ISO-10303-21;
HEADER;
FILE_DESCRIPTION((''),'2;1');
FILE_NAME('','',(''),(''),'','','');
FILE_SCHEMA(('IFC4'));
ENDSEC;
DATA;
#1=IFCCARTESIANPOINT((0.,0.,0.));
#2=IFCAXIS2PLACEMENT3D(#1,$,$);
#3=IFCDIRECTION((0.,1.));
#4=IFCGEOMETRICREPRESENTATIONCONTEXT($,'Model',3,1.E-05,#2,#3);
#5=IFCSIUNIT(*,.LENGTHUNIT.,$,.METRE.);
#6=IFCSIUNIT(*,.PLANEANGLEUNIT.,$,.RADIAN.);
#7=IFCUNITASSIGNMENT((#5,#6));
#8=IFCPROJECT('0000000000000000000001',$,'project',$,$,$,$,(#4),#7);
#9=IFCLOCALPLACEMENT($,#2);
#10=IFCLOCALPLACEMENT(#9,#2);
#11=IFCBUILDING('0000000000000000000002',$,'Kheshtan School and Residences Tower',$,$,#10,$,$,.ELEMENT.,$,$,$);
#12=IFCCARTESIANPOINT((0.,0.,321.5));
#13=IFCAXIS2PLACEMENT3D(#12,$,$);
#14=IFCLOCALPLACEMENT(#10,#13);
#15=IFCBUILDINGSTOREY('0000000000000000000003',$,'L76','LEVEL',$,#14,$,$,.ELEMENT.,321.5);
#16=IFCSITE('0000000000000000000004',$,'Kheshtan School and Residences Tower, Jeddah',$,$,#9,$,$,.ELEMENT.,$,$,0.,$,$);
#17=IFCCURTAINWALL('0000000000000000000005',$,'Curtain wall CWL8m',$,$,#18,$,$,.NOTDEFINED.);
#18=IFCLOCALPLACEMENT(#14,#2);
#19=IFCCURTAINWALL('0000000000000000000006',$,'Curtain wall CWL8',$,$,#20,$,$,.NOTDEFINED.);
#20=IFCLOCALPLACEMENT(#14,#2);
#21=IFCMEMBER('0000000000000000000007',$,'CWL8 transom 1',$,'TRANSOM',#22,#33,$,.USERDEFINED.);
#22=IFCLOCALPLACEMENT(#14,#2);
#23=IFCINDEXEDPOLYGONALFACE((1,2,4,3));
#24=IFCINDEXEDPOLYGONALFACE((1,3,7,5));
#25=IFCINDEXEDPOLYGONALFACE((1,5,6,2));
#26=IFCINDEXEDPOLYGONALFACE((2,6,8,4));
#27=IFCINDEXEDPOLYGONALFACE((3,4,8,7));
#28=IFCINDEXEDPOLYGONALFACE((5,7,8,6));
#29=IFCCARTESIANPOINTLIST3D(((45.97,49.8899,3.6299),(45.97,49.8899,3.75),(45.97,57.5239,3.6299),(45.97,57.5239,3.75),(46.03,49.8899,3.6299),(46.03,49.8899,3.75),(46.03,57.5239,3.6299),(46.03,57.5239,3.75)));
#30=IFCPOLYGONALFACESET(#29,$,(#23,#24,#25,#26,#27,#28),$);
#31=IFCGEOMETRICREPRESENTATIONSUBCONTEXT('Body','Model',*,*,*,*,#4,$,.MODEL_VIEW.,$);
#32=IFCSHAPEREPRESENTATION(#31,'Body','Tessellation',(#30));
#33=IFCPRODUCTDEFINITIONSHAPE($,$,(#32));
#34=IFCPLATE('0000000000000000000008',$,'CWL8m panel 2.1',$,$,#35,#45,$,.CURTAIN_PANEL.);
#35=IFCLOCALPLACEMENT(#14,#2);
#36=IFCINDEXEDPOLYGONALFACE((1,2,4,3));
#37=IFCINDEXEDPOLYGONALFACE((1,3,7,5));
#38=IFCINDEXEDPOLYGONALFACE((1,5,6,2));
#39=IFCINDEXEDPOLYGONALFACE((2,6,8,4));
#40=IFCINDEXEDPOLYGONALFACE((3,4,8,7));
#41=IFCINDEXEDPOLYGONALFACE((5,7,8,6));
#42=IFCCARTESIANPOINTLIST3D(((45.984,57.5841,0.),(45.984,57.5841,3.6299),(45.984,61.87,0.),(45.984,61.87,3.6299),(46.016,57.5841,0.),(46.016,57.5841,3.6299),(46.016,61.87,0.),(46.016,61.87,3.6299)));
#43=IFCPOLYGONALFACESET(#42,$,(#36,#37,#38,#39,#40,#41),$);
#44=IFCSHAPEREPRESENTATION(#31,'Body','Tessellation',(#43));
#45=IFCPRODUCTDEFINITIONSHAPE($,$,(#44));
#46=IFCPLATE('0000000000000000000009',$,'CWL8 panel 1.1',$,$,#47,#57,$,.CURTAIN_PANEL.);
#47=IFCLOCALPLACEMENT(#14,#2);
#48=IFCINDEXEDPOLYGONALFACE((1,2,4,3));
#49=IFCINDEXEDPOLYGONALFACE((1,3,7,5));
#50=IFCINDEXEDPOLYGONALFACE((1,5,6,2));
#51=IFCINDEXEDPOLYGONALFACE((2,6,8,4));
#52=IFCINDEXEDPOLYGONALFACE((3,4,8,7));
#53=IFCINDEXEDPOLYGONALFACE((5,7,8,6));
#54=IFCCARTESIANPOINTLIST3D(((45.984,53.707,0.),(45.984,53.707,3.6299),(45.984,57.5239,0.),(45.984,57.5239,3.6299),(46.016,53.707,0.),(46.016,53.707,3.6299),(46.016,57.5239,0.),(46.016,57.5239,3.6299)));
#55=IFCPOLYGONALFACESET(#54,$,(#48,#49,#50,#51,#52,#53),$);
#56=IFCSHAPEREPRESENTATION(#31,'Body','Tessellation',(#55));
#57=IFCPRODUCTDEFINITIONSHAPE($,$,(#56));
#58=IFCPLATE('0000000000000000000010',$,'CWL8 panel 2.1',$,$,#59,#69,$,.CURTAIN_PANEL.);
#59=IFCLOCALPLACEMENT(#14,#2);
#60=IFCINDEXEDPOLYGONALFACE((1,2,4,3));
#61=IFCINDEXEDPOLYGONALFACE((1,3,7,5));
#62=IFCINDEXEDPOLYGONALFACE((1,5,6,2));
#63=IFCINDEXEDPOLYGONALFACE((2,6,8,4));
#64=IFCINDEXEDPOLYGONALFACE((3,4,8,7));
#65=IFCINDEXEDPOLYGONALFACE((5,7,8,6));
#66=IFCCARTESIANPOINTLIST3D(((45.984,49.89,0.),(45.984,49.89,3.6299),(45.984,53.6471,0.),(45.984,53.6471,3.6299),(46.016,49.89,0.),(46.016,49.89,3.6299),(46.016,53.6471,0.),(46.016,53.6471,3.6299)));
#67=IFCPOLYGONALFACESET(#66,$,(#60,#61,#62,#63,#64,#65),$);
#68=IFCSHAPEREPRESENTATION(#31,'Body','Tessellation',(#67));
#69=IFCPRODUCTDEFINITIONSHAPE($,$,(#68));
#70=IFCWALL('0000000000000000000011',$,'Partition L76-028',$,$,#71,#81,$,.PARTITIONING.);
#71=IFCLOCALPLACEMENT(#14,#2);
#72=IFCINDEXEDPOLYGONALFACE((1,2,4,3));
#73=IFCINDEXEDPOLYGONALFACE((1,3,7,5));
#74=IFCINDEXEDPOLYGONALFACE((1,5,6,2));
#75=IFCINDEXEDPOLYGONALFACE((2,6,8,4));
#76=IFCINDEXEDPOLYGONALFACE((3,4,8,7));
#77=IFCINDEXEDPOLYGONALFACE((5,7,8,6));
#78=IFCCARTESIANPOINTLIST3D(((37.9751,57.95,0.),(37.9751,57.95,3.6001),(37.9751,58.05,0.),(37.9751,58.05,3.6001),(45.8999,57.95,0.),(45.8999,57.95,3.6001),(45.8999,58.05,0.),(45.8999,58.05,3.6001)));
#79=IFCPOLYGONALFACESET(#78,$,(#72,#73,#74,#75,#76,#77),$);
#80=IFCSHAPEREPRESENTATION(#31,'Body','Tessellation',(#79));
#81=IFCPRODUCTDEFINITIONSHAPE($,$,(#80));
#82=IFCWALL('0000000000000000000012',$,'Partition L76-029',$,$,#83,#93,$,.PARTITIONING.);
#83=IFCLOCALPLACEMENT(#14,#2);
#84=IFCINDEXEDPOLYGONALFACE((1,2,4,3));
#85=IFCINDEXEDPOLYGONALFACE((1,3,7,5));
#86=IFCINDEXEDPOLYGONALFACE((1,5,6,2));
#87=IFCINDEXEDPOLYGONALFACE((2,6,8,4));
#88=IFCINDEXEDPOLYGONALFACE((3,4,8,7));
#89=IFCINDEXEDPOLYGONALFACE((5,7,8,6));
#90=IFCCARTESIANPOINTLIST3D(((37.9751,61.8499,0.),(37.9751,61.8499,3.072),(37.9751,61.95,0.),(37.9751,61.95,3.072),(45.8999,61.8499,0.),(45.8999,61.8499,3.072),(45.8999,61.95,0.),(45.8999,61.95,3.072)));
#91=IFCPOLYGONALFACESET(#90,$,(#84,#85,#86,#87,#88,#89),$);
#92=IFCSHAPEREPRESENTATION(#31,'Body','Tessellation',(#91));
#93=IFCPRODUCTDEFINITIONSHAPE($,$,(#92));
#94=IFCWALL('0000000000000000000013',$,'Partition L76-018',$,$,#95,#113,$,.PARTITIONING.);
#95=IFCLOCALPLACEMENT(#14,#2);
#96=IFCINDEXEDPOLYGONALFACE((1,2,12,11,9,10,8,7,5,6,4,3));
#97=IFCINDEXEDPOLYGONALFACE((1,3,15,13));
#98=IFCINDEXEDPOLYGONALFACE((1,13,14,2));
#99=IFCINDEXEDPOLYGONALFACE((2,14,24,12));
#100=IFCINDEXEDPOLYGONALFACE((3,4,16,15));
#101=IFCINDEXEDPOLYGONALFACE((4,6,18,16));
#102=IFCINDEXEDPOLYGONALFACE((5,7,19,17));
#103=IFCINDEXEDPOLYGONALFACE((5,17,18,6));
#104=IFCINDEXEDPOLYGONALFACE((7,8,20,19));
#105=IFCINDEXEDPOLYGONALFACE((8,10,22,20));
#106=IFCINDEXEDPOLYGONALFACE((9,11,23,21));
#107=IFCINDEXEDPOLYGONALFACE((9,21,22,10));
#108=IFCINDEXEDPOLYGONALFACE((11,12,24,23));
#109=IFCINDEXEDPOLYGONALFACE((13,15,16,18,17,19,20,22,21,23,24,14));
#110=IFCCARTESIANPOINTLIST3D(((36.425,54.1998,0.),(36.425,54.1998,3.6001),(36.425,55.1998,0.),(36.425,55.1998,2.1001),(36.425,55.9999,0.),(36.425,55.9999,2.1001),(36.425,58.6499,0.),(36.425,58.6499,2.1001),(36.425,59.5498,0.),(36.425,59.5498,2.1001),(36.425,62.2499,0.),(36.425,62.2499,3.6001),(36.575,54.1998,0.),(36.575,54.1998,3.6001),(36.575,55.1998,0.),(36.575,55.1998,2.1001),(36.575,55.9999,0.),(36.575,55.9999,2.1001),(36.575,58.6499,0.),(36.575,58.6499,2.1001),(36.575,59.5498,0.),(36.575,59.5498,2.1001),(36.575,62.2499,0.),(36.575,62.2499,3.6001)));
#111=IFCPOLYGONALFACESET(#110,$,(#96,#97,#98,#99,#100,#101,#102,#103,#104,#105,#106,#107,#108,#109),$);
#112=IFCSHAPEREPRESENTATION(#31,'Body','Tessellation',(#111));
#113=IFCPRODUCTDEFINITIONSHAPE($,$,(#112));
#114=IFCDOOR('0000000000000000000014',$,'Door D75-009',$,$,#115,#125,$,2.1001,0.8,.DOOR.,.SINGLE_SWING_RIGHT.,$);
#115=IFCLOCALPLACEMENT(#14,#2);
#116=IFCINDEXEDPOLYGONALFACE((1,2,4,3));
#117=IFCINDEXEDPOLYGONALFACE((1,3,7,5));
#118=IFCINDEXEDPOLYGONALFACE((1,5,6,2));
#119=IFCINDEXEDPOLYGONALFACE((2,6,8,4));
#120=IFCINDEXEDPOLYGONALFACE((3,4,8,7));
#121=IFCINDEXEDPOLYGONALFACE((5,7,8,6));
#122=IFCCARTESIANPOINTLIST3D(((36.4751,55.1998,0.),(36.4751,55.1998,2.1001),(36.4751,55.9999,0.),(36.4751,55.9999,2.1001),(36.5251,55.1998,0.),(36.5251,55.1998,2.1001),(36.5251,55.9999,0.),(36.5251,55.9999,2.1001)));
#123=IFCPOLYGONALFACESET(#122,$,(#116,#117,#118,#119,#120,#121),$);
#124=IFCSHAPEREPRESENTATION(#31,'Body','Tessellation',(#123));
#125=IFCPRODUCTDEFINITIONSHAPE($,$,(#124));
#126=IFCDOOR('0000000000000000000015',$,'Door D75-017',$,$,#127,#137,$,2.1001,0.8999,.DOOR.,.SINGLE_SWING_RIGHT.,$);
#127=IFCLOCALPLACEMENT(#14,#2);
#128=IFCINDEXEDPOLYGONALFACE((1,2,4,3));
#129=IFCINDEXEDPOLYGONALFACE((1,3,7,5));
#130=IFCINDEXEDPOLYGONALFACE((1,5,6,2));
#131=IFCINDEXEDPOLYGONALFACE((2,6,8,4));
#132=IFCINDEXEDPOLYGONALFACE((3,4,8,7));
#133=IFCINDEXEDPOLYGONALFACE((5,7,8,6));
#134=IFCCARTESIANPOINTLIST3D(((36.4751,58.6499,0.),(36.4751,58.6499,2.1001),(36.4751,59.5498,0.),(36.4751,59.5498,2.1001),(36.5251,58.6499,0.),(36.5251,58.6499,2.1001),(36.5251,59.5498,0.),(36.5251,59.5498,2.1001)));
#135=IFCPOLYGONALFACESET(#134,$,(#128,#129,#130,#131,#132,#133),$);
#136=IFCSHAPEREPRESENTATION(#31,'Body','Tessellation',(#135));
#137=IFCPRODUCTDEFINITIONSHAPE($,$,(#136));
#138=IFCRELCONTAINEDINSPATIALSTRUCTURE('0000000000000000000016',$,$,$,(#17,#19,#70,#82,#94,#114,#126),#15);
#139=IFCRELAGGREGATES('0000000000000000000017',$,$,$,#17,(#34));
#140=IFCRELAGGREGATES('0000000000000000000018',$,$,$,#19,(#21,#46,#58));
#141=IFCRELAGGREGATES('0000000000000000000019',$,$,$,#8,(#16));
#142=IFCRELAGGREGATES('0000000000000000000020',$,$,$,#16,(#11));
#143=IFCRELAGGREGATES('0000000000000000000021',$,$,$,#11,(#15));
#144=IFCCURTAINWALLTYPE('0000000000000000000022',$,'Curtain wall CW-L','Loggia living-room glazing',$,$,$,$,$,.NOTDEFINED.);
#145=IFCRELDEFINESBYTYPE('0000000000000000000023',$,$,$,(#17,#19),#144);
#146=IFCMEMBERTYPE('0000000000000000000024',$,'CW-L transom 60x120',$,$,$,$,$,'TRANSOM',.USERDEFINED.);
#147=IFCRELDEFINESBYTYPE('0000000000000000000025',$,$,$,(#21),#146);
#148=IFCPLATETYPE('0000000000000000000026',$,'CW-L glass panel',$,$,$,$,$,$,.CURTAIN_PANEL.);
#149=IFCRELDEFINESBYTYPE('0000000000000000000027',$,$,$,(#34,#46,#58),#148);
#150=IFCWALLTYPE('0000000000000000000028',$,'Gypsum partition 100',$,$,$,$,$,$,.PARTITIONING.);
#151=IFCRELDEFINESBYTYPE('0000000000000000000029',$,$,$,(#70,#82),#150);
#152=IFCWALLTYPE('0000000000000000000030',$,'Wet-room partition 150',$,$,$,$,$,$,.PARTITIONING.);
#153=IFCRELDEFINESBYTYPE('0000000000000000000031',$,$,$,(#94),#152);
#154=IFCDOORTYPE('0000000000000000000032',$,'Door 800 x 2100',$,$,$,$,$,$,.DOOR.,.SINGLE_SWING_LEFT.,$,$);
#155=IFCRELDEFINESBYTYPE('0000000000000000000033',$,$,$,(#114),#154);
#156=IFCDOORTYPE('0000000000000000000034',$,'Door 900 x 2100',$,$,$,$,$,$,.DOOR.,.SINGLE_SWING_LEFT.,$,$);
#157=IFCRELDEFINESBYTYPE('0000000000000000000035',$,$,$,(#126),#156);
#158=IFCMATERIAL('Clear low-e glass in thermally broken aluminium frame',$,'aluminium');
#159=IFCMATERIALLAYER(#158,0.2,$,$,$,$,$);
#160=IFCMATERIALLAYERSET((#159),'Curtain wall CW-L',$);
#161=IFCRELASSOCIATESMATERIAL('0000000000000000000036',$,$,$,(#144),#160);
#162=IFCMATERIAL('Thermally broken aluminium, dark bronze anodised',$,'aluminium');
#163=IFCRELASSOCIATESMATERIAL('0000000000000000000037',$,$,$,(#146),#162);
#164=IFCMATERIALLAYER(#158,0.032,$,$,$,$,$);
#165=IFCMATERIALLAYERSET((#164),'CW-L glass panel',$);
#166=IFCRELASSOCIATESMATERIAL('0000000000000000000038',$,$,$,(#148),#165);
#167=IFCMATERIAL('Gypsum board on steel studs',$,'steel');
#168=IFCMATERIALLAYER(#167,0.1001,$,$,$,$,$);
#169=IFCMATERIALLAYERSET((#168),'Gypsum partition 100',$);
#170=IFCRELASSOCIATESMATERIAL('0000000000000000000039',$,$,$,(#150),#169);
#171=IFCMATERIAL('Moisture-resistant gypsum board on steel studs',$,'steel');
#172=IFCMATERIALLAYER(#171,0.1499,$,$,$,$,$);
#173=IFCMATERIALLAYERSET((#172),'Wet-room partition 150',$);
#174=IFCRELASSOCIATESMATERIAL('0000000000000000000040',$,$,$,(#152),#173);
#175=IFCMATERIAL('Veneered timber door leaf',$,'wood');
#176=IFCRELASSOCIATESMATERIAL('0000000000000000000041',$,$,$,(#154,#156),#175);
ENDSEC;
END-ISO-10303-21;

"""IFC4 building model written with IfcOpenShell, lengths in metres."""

from ifc_helpers import new_model, si_unit, direction, frame, frame_2d, origin, origin_2d, place, context, subcontext, project, spatial, rectangle, extrude, source, transform, mapped, material, layer, layer_set, material_profile, profile_set, type_object, element, fill, aggregate, save


model = new_model("IFC4")

# Units and contexts
model_context = context("Model", 3, precision=1e-05, world=origin(), true_north=direction((0.0, 1.0)))
body_context = subcontext(model_context, "Body", "Model", "MODEL_VIEW")
ifc_project = project(units=[si_unit("LENGTHUNIT", "METRE"), si_unit("PLANEANGLEUNIT", "RADIAN")], contexts=[model_context])

# Site, building, storey
site_placement = place(None, origin())
site = spatial("IfcSite", under=ifc_project, at=site_placement, Name="Kheshtan School and Residences Tower, Jeddah", CompositionType="ELEMENT", RefElevation=0.0)
building_placement = place(site_placement, origin())
building = spatial("IfcBuilding", under=site, at=building_placement, Name="Kheshtan School and Residences Tower", CompositionType="ELEMENT")
storey_placement = place(building_placement, frame((0.0, 0.0, 321.5)))
storey = spatial("IfcBuildingStorey", under=building, at=storey_placement, Name="L76", Description="LEVEL", CompositionType="ELEMENT", Elevation=321.5)

# Curtain walls, member
ifc_material_1 = material(Name="Clear low-e glass in thermally broken aluminium frame", Category="aluminium")
ifc_layer_1 = layer(ifc_material_1, 0.2)
ifc_layer_set_1 = layer_set([ifc_layer_1], Name="Curtain wall CW-L")
curtain_wall_type = type_object("IfcCurtainWallType", Name="Curtain wall CW-L", Description="Loggia living-room glazing", PredefinedType="NOTDEFINED", material=ifc_layer_set_1)
curtain_wall_1_placement = place(storey_placement, origin())
curtain_wall_1 = element("IfcCurtainWall", 1, at=curtain_wall_1_placement, inside=storey, type_object=curtain_wall_type, Name="Curtain wall CWL8m", PredefinedType="NOTDEFINED")
ifc_material_2 = material(Name="Thermally broken aluminium, dark bronze anodised", Category="aluminium")
curtain_wall_2_placement = place(storey_placement, origin())
curtain_wall_2 = element("IfcCurtainWall", 2, at=curtain_wall_2_placement, inside=storey, type_object=curtain_wall_type, Name="Curtain wall CWL8", PredefinedType="NOTDEFINED")
ifc_material_profile_1 = material_profile(ifc_material_2, rectangle(XDim=0.0601, YDim=0.1201, at=origin_2d()), Name="CW-L transom 60x120")
ifc_profile_set_1 = profile_set([ifc_material_profile_1], Name="Thermally broken aluminium, dark bronze anodised")
member_type_1 = type_object("IfcMemberType", Name="CW-L transom 60x120", ElementType="TRANSOM", PredefinedType="USERDEFINED", material=ifc_profile_set_1)
member_1_placement = place(storey_placement, frame((46.0, 57.5239, 3.6899), z_axis=(0.0, -1.0, 0.0), x_axis=(1.0, 0.0, 0.0)))
member_1 = element("IfcMember", 3, at=member_1_placement, type_object=member_type_1, Name="CWL8 transom 1", ObjectType="TRANSOM", PredefinedType="USERDEFINED", context=body_context, shape_type="SweptSolid", body=[
    extrude(rectangle(XDim=0.0601, YDim=0.1201, at=origin_2d()), origin(), (0.0, 0.0, 1.0), 7.634),
])

# Plates
ifc_layer_2 = layer(ifc_material_1, 0.032)
ifc_layer_set_2 = layer_set([ifc_layer_2], Name="CW-L glass panel")
plate_type = type_object("IfcPlateType", Name="CW-L glass panel", PredefinedType="CURTAIN_PANEL", material=ifc_layer_set_2)
plate_1_placement = place(storey_placement, frame((46.0, 59.7271, 0.0), z_axis=(0.0, 0.0, 1.0), x_axis=(0.0, -1.0, 0.0)))
plate_1 = element("IfcPlate", 4, at=plate_1_placement, type_object=plate_type, Name="CWL8m panel 2.1", PredefinedType="CURTAIN_PANEL", context=body_context, shape_type="SweptSolid", body=[
    extrude(rectangle(XDim=4.2859, YDim=0.032, at=origin_2d()), origin(), (0.0, 0.0, 1.0), 3.6299),
])
aggregate(curtain_wall_1, [plate_1])
plate_2_placement = place(storey_placement, frame((46.0, 55.6155, 0.0), z_axis=(0.0, 0.0, 1.0), x_axis=(0.0, -1.0, 0.0)))
plate_2 = element("IfcPlate", 5, at=plate_2_placement, type_object=plate_type, Name="CWL8 panel 1.1", PredefinedType="CURTAIN_PANEL", context=body_context, shape_type="SweptSolid", body=[
    extrude(rectangle(XDim=3.8169, YDim=0.032, at=origin_2d()), origin(), (0.0, 0.0, 1.0), 3.6299),
])
plate_3_placement = place(storey_placement, frame((46.0, 51.7686, 0.0), z_axis=(0.0, 0.0, 1.0), x_axis=(0.0, -1.0, 0.0)))
plate_3 = element("IfcPlate", 6, at=plate_3_placement, type_object=plate_type, Name="CWL8 panel 2.1", PredefinedType="CURTAIN_PANEL", context=body_context, shape_type="SweptSolid", body=[
    extrude(rectangle(XDim=3.7571, YDim=0.032, at=origin_2d()), origin(), (0.0, 0.0, 1.0), 3.6299),
])
aggregate(curtain_wall_2, [member_1, plate_2, plate_3])

# Walls
ifc_material_3 = material(Name="Gypsum board on steel studs", Category="steel")
ifc_layer_3 = layer(ifc_material_3, 0.1001)
ifc_layer_set_3 = layer_set([ifc_layer_3], Name="Gypsum partition 100")
wall_type_1 = type_object("IfcWallType", Name="Gypsum partition 100", PredefinedType="PARTITIONING", material=ifc_layer_set_3)
wall_1_placement = place(storey_placement, frame((37.9751, 58.0, 0.0), z_axis=(0.0, 0.0, 1.0), x_axis=(1.0, 0.0, 0.0)))
element("IfcWall", 7, at=wall_1_placement, inside=storey, type_object=wall_type_1, Name="Partition L76-028", PredefinedType="PARTITIONING", context=body_context, shape_type="SweptSolid", body=[
    extrude(rectangle(XDim=7.9248, YDim=0.1001, at=frame_2d((3.9624, 0.0))), origin(), (0.0, 0.0, 1.0), 3.6001),
])
wall_2_placement = place(storey_placement, frame((37.9751, 61.8999, 0.0), z_axis=(0.0, 0.0, 1.0), x_axis=(1.0, 0.0, 0.0)))
element("IfcWall", 8, at=wall_2_placement, inside=storey, type_object=wall_type_1, Name="Partition L76-029", PredefinedType="PARTITIONING", context=body_context, shape_type="SweptSolid", body=[
    extrude(rectangle(XDim=7.9248, YDim=0.1001, at=frame_2d((3.9624, 0.0))), origin(), (0.0, 0.0, 1.0), 3.072),
])

# Wall, openings, doors
ifc_material_4 = material(Name="Moisture-resistant gypsum board on steel studs", Category="steel")
ifc_layer_4 = layer(ifc_material_4, 0.1499)
ifc_layer_set_4 = layer_set([ifc_layer_4], Name="Wet-room partition 150")
wall_type_2 = type_object("IfcWallType", Name="Wet-room partition 150", PredefinedType="PARTITIONING", material=ifc_layer_set_4)
wall_3_placement = place(storey_placement, frame((36.5, 54.2, 0.0), z_axis=(0.0, 0.0, 1.0), x_axis=(0.0, 1.0, 0.0)))
wall_3 = element("IfcWall", 9, at=wall_3_placement, inside=storey, type_object=wall_type_2, Name="Partition L76-018", PredefinedType="PARTITIONING", context=body_context, shape_type="SweptSolid", body=[
    extrude(rectangle(XDim=8.05, YDim=0.1499, at=frame_2d((4.0249, 0.0))), origin(), (0.0, 0.0, 1.0), 3.6001),
])
opening_1_placement = place(wall_3_placement, frame((1.0, 0.0, 0.0)))
opening_1 = element("IfcOpeningElement", 10, at=opening_1_placement, cuts=wall_3, PredefinedType="OPENING", context=body_context, shape_type="SweptSolid", body=[
    extrude(rectangle(XDim=0.8, YDim=2.1001, at=frame_2d((0.3999, 1.05))), frame((0.0, 0.085, 0.0), z_axis=(0.0, -1.0, 0.0), x_axis=(1.0, 0.0, 0.0)), (0.0, 0.0, 1.0), 0.1699),
])
opening_2_placement = place(wall_3_placement, frame((4.45, 0.0, 0.0)))
opening_2 = element("IfcOpeningElement", 11, at=opening_2_placement, cuts=wall_3, PredefinedType="OPENING", context=body_context, shape_type="SweptSolid", body=[
    extrude(rectangle(XDim=0.8999, YDim=2.1001, at=frame_2d((0.45, 1.05))), frame((0.0, 0.085, 0.0), z_axis=(0.0, -1.0, 0.0), x_axis=(1.0, 0.0, 0.0)), (0.0, 0.0, 1.0), 0.1699),
])
ifc_material_5 = material(Name="Veneered timber door leaf", Category="wood")
door_type_1 = type_object("IfcDoorType", Name="Door 800 x 2100", OperationType="SINGLE_SWING_LEFT", PredefinedType="DOOR", material=ifc_material_5)
shared_shape_1 = source(origin(), body_context, "Body", "SweptSolid", [
    extrude(rectangle(XDim=0.8, YDim=2.1001, at=frame_2d((0.3999, 1.05))), frame((0.0, 0.0249, 0.0), z_axis=(0.0, -1.0, 0.0), x_axis=(1.0, 0.0, 0.0)), (0.0, 0.0, 1.0), 0.05),
])
door_1_placement = place(opening_1_placement, origin())
door_1 = element("IfcDoor", 12, at=door_1_placement, inside=storey, type_object=door_type_1, Name="Door D75-009", OperationType="SINGLE_SWING_RIGHT", OverallHeight=2.1001, OverallWidth=0.8, PredefinedType="DOOR", context=body_context, shape_type="MappedRepresentation", body=[
    mapped(shared_shape_1, transform((0.0, 0.0, 0.0), x_axis=(1.0, 0.0, 0.0), y_axis=(0.0, 1.0, 0.0), z_axis=(0.0, 0.0, 1.0), scale=1.0)),
])
fill(opening_1, door_1)
door_type_2 = type_object("IfcDoorType", Name="Door 900 x 2100", OperationType="SINGLE_SWING_LEFT", PredefinedType="DOOR", material=ifc_material_5)
shared_shape_2 = source(origin(), body_context, "Body", "SweptSolid", [
    extrude(rectangle(XDim=0.8999, YDim=2.1001, at=frame_2d((0.45, 1.05))), frame((0.0, 0.0249, 0.0), z_axis=(0.0, -1.0, 0.0), x_axis=(1.0, 0.0, 0.0)), (0.0, 0.0, 1.0), 0.05),
])
door_2_placement = place(opening_2_placement, origin())
door_2 = element("IfcDoor", 13, at=door_2_placement, inside=storey, type_object=door_type_2, Name="Door D75-017", OperationType="SINGLE_SWING_RIGHT", OverallHeight=2.1001, OverallWidth=0.8999, PredefinedType="DOOR", context=body_context, shape_type="MappedRepresentation", body=[
    mapped(shared_shape_2, transform((0.0, 0.0, 0.0), x_axis=(1.0, 0.0, 0.0), y_axis=(0.0, 1.0, 0.0), z_axis=(0.0, 0.0, 1.0), scale=1.0)),
])
fill(opening_2, door_2)

save(model, "model.ifc")
